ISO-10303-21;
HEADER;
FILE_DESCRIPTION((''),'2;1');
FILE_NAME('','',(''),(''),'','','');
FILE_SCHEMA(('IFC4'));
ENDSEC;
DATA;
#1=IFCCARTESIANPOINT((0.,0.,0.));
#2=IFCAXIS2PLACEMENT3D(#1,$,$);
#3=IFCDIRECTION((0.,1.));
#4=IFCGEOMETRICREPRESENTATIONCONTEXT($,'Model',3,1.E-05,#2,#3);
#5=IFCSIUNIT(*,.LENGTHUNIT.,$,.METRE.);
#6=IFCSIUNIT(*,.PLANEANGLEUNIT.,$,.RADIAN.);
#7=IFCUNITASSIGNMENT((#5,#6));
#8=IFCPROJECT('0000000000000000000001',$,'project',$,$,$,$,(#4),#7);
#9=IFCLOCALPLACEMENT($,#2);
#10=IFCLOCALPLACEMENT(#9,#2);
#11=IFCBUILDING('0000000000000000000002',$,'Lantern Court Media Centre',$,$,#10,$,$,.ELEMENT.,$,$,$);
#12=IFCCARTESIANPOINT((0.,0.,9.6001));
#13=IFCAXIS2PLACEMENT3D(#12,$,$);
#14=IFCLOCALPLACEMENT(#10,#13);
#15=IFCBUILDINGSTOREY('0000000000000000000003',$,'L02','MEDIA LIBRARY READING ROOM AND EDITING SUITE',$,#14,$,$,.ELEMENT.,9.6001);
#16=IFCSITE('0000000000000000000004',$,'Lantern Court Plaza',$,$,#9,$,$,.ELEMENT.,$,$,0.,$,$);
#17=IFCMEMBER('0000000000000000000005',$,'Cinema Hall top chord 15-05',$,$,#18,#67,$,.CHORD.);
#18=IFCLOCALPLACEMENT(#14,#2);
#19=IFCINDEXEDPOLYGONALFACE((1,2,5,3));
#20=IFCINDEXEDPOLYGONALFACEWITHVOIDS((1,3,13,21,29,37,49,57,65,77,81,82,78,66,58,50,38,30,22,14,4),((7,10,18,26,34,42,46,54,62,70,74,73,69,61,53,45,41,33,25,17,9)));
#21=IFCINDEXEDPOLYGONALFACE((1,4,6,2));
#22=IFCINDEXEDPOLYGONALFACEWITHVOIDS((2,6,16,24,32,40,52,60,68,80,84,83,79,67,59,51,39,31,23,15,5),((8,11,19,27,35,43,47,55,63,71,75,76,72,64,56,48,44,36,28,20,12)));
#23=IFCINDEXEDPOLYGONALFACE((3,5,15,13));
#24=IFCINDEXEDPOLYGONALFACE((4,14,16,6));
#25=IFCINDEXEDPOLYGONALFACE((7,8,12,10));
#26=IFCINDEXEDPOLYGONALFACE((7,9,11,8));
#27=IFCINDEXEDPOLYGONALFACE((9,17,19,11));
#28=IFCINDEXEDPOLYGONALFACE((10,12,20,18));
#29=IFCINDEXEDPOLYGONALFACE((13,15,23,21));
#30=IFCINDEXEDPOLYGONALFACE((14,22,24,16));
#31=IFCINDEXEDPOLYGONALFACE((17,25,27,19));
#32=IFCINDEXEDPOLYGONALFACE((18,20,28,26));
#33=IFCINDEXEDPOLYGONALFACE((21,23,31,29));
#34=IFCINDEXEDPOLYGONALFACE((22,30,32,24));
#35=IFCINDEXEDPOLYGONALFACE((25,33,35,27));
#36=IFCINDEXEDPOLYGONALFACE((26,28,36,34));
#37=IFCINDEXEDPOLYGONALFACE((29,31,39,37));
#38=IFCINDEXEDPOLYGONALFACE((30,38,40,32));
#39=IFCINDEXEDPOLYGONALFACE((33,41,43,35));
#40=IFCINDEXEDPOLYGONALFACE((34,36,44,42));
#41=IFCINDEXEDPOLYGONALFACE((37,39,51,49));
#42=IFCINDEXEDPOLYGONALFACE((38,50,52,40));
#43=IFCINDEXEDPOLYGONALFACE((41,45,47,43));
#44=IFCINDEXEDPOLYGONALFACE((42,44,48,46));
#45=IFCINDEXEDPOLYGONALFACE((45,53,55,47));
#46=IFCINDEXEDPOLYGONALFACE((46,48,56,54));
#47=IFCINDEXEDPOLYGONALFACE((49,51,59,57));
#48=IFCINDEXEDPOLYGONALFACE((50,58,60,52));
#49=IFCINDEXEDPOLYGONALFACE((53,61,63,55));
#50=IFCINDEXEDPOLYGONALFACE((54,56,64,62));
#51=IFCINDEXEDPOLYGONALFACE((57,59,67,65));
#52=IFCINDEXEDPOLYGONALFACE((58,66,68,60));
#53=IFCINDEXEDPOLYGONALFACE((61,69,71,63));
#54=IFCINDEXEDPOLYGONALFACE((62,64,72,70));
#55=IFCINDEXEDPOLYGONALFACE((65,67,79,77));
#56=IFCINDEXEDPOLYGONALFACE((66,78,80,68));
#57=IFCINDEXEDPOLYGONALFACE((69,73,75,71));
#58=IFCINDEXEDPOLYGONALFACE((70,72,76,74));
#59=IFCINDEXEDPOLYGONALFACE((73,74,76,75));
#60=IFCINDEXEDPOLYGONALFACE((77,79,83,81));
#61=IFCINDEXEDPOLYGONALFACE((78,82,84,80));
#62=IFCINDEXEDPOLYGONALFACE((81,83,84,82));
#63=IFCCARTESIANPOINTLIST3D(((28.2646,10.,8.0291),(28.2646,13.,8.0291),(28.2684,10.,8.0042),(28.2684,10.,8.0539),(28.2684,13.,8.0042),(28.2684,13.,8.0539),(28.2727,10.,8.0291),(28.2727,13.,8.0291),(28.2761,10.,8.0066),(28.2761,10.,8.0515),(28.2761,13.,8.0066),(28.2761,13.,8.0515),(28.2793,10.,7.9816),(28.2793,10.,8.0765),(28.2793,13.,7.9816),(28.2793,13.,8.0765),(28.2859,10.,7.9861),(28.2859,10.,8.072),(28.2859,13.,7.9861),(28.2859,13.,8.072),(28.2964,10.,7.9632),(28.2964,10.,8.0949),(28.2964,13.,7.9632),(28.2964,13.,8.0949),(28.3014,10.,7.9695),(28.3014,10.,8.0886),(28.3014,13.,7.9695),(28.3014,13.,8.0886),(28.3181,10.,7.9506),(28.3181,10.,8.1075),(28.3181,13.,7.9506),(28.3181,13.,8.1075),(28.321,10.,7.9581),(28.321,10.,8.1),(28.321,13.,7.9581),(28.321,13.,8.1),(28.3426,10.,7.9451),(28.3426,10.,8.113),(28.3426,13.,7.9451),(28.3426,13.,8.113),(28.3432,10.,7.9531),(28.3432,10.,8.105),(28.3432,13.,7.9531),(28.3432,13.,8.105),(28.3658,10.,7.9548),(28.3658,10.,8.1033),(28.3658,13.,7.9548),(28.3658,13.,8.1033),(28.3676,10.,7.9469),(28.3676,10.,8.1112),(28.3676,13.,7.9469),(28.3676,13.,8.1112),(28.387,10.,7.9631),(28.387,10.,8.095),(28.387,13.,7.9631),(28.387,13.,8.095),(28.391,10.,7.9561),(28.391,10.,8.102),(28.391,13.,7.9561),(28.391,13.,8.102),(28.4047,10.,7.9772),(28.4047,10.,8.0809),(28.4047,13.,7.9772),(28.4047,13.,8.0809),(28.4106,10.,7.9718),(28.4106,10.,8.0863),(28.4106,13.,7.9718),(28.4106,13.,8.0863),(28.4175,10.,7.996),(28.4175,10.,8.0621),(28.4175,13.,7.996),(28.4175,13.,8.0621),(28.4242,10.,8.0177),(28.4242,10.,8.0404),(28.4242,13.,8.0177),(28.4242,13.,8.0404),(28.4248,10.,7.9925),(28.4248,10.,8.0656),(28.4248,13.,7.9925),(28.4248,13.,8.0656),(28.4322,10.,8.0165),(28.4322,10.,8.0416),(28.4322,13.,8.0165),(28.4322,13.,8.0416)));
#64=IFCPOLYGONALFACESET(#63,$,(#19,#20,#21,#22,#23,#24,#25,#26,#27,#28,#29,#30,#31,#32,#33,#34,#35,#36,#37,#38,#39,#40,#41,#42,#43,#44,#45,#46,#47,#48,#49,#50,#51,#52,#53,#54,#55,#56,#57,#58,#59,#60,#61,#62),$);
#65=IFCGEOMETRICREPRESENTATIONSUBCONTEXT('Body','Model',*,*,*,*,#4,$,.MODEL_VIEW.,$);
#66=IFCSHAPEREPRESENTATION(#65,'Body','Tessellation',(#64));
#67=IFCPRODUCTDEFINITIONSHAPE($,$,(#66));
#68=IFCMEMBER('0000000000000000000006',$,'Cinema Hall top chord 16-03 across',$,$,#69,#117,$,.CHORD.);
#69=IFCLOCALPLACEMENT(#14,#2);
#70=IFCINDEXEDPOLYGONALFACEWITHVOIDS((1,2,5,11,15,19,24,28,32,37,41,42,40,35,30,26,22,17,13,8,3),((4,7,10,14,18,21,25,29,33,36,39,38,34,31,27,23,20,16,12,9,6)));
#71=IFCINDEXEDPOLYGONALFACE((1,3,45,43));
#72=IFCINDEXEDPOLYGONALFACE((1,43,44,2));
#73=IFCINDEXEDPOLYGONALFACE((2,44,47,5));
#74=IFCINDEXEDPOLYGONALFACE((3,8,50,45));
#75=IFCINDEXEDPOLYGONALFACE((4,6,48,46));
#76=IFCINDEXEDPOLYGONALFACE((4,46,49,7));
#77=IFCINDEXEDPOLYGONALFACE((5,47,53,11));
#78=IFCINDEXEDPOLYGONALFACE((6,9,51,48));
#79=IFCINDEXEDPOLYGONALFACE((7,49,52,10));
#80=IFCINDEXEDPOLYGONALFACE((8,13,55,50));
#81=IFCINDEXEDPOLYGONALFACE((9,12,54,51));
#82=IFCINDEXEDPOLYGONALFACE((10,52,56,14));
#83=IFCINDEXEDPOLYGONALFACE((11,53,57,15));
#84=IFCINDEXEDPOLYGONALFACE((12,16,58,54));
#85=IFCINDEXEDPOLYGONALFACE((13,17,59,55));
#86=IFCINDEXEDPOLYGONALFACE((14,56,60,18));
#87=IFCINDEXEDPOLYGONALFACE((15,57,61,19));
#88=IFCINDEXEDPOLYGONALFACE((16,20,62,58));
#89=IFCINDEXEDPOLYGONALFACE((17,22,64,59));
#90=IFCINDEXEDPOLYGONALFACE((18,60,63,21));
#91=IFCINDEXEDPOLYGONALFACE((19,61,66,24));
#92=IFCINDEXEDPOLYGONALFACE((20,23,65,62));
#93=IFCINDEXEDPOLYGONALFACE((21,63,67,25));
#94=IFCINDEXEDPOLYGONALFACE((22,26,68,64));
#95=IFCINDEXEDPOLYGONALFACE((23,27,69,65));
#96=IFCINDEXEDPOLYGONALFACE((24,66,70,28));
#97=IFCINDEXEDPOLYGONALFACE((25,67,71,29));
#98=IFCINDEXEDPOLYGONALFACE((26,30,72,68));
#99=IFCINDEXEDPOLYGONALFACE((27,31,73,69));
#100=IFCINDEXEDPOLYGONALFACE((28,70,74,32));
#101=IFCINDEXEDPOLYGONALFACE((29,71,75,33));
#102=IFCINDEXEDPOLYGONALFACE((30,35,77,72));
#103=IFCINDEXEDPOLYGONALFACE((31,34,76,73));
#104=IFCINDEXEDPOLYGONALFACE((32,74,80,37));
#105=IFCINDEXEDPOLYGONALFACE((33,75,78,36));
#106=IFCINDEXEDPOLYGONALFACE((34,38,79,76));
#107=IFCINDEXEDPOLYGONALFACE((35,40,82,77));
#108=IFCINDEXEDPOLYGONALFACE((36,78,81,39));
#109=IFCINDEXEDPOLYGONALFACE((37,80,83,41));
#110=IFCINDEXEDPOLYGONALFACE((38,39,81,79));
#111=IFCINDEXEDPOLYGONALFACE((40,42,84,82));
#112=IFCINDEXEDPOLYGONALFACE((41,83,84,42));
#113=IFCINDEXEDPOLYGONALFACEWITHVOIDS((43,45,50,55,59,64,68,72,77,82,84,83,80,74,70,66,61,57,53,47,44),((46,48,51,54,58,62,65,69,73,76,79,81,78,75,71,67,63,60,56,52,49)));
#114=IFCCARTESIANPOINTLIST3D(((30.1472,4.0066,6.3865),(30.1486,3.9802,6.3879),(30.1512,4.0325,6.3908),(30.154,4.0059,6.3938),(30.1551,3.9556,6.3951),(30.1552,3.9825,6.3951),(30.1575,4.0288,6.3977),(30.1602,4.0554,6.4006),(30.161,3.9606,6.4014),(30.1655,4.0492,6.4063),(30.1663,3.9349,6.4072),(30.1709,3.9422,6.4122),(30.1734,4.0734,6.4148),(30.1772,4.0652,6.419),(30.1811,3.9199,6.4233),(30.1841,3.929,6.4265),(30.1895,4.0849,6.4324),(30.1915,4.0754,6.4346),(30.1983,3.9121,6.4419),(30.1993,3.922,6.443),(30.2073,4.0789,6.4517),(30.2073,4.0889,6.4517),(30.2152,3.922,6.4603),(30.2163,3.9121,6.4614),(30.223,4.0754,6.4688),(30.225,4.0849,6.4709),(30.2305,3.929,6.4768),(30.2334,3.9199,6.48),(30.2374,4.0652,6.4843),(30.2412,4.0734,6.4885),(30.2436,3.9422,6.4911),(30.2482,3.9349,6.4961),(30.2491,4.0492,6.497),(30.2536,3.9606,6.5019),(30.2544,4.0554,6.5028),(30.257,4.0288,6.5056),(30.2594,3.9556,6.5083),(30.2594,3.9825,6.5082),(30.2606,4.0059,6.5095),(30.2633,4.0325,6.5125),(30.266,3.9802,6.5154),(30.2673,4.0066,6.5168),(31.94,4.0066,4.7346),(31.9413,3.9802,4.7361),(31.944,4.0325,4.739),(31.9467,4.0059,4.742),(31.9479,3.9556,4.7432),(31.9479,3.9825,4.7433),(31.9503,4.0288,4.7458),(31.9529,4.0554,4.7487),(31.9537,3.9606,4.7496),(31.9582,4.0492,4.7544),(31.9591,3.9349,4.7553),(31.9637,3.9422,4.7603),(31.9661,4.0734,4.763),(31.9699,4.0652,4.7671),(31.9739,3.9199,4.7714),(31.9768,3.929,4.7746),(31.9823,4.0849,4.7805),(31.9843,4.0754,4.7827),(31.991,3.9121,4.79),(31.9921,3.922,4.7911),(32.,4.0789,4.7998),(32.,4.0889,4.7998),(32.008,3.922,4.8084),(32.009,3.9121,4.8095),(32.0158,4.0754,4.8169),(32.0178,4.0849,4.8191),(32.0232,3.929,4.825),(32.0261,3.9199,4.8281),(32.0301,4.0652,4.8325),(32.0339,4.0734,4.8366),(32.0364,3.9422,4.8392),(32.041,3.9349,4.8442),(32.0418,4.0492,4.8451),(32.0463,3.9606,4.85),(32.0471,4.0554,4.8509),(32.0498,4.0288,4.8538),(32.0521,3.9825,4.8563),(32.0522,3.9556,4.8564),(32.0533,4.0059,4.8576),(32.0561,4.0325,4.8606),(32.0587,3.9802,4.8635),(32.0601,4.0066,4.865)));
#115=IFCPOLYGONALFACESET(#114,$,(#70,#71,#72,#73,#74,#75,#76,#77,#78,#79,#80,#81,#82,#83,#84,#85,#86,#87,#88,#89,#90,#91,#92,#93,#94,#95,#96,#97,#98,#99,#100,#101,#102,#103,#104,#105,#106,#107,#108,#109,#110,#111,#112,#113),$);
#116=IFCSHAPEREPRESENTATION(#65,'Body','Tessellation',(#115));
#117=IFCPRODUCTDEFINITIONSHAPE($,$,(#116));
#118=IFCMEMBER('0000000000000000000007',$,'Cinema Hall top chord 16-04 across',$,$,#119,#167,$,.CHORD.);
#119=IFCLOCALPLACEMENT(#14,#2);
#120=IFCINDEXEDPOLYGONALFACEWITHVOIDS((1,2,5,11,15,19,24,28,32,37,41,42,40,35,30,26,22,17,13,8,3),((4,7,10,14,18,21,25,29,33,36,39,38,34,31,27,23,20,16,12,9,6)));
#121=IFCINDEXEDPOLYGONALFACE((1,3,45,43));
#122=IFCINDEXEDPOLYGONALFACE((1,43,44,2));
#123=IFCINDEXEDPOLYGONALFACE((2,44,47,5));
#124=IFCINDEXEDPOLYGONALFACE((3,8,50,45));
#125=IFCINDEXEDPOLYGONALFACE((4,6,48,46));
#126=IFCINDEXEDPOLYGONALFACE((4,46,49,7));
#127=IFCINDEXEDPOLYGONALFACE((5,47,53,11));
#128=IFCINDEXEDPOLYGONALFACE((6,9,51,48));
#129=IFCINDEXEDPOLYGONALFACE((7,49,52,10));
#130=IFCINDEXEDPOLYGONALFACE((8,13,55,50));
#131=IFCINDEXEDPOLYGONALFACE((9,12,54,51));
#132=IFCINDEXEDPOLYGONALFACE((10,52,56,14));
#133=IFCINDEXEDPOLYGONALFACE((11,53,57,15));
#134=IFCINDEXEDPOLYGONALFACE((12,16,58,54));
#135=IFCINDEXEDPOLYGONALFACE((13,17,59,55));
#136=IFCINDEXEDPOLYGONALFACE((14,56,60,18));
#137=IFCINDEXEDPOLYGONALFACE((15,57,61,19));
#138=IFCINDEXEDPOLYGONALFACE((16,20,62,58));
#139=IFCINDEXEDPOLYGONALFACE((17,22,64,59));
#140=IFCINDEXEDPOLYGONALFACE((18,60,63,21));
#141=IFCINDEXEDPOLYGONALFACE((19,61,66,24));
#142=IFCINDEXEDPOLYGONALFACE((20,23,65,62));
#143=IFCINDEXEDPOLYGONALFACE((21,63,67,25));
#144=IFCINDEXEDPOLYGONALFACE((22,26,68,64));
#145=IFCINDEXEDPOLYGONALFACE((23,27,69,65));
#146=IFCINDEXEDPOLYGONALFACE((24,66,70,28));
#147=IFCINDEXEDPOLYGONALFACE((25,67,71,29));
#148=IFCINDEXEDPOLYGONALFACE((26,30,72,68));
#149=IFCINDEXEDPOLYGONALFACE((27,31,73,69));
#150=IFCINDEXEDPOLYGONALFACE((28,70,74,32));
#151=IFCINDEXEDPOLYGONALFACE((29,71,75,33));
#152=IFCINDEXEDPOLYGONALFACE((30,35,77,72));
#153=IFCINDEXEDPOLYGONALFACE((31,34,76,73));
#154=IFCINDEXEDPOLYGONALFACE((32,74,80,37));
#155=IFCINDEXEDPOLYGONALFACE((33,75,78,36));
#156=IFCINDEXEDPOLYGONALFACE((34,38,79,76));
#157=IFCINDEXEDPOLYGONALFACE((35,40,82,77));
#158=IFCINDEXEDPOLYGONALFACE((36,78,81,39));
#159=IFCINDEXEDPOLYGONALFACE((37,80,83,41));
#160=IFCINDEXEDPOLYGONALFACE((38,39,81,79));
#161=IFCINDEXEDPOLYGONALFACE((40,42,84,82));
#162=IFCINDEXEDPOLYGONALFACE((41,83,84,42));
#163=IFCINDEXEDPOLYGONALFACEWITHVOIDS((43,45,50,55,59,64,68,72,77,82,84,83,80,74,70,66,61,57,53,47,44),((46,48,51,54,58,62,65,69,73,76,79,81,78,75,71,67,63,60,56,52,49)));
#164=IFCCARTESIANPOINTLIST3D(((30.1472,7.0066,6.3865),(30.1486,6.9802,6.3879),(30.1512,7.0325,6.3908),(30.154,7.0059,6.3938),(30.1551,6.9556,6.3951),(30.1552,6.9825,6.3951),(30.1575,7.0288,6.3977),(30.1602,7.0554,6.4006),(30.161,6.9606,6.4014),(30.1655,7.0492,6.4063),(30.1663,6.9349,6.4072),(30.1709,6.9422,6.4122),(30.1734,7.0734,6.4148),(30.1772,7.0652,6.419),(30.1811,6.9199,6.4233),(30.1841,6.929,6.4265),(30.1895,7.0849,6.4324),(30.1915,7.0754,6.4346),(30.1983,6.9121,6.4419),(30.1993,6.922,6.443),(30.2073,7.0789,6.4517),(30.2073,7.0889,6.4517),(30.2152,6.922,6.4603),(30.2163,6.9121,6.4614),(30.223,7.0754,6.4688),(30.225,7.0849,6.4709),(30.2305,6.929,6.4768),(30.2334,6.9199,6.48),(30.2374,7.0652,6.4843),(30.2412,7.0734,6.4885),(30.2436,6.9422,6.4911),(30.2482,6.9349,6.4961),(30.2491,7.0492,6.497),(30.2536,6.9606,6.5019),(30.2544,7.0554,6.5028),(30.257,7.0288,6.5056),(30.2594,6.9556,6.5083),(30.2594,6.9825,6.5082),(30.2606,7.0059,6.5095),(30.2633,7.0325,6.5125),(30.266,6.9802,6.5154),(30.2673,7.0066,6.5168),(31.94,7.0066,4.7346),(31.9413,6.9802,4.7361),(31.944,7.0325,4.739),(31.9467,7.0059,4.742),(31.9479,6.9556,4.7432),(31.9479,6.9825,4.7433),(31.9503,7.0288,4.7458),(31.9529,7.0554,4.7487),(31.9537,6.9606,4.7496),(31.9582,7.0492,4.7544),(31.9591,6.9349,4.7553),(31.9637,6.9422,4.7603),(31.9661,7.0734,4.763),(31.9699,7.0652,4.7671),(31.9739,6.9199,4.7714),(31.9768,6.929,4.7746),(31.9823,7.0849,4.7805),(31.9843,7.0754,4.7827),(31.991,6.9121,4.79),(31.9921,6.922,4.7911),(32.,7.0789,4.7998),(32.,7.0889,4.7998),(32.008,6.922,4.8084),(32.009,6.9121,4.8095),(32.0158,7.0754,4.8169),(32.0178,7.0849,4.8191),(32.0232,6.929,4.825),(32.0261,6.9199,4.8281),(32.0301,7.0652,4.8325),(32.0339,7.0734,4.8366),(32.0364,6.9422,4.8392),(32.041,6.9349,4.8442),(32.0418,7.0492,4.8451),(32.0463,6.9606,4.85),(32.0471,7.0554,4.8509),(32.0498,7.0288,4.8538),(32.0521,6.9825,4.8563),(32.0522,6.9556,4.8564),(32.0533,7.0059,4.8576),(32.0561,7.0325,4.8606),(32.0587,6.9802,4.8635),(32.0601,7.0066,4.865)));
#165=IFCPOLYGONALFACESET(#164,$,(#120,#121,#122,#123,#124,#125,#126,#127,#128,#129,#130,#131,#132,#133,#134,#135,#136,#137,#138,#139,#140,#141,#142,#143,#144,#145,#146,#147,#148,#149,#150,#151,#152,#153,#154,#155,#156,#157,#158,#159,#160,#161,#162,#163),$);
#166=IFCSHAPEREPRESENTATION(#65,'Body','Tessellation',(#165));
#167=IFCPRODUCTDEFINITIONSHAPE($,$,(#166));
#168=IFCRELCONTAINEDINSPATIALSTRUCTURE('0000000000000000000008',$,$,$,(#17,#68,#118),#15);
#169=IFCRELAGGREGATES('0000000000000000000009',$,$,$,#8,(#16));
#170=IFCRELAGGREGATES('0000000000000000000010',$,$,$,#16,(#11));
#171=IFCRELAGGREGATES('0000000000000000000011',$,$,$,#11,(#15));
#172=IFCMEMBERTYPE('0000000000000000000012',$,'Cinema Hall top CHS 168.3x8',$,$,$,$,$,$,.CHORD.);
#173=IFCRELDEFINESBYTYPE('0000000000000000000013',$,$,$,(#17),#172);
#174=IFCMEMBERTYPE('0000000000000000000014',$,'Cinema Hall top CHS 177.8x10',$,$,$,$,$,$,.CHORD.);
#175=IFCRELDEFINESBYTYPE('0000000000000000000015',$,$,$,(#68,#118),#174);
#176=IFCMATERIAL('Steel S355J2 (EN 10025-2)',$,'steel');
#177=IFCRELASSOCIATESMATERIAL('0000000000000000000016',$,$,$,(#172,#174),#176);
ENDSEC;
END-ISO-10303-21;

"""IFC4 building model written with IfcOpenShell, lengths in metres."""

from ifc_helpers import new_model, si_unit, direction, frame, origin, origin_2d, place, context, subcontext, project, spatial, hollow_circle, extrude, material, material_profile, profile_set, type_object, element, save


model = new_model("IFC4")

# Units and contexts
model_context = context("Model", 3, precision=1e-05, world=origin(), true_north=direction((0.0, 1.0)))
body_context = subcontext(model_context, "Body", "Model", "MODEL_VIEW")
ifc_project = project(units=[si_unit("LENGTHUNIT", "METRE"), si_unit("PLANEANGLEUNIT", "RADIAN")], contexts=[model_context])

# Site, building, storey
site_placement = place(None, origin())
site = spatial("IfcSite", under=ifc_project, at=site_placement, Name="Lantern Court Plaza", CompositionType="ELEMENT", RefElevation=0.0)
building_placement = place(site_placement, origin())
building = spatial("IfcBuilding", under=site, at=building_placement, Name="Lantern Court Media Centre", CompositionType="ELEMENT")
storey_placement = place(building_placement, frame((0.0, 0.0, 9.6001)))
storey = spatial("IfcBuildingStorey", under=building, at=storey_placement, Name="L02", Description="MEDIA LIBRARY READING ROOM AND EDITING SUITE", CompositionType="ELEMENT", Elevation=9.6001)

# Members
ifc_material = material(Name="Steel S355J2 (EN 10025-2)", Category="steel")
ifc_material_profile_1 = material_profile(ifc_material, hollow_circle(Radius=0.0842, WallThickness=0.0081, at=origin_2d()), Name="Cinema Hall top CHS 168.3x8")
ifc_profile_set_1 = profile_set([ifc_material_profile_1], Name="Steel S355J2 (EN 10025-2)")
member_type_1 = type_object("IfcMemberType", Name="Cinema Hall top CHS 168.3x8", PredefinedType="CHORD", material=ifc_profile_set_1)
for number, where, z_axis, x_axis, name in (
    (1, (28.3489, 10.0, 8.0291), (0.0, 1.0, 0.0), (-1.0, 0.0, 0.0), "Cinema Hall top chord 15-05"),
):
    element("IfcMember", number, at=place(storey_placement, frame(where, z_axis=z_axis, x_axis=x_axis)), inside=storey, type_object=member_type_1, Name=name, PredefinedType="CHORD", context=body_context, shape_type="SweptSolid", body=[
        extrude(hollow_circle(Radius=0.0842, WallThickness=0.0081, at=origin_2d()), origin(), (0.0, 0.0, 1.0), 3.0),
    ])
ifc_material_profile_2 = material_profile(ifc_material, hollow_circle(Radius=0.0889, WallThickness=0.01, at=origin_2d()), Name="Cinema Hall top CHS 177.8x10")
ifc_profile_set_2 = profile_set([ifc_material_profile_2], Name="Steel S355J2 (EN 10025-2)")
member_type_2 = type_object("IfcMemberType", Name="Cinema Hall top CHS 177.8x10", PredefinedType="CHORD", material=ifc_profile_set_2)
for number, where, z_axis, x_axis, name in (
    (2, (30.2073, 4.0, 6.4517), (0.73541, 0.0, -0.677623), (0.0, 1.0, 0.0), "Cinema Hall top chord 16-03 across"),
    (3, (30.2073, 7.0, 6.4517), (0.73541, 0.0, -0.677623), (0.0, 1.0, 0.0), "Cinema Hall top chord 16-04 across"),
):
    element("IfcMember", number, at=place(storey_placement, frame(where, z_axis=z_axis, x_axis=x_axis)), inside=storey, type_object=member_type_2, Name=name, PredefinedType="CHORD", context=body_context, shape_type="SweptSolid", body=[
        extrude(hollow_circle(Radius=0.0889, WallThickness=0.01, at=origin_2d()), origin(), (0.0, 0.0, 1.0), 2.4377),
    ])

save(model, "model.ifc")
